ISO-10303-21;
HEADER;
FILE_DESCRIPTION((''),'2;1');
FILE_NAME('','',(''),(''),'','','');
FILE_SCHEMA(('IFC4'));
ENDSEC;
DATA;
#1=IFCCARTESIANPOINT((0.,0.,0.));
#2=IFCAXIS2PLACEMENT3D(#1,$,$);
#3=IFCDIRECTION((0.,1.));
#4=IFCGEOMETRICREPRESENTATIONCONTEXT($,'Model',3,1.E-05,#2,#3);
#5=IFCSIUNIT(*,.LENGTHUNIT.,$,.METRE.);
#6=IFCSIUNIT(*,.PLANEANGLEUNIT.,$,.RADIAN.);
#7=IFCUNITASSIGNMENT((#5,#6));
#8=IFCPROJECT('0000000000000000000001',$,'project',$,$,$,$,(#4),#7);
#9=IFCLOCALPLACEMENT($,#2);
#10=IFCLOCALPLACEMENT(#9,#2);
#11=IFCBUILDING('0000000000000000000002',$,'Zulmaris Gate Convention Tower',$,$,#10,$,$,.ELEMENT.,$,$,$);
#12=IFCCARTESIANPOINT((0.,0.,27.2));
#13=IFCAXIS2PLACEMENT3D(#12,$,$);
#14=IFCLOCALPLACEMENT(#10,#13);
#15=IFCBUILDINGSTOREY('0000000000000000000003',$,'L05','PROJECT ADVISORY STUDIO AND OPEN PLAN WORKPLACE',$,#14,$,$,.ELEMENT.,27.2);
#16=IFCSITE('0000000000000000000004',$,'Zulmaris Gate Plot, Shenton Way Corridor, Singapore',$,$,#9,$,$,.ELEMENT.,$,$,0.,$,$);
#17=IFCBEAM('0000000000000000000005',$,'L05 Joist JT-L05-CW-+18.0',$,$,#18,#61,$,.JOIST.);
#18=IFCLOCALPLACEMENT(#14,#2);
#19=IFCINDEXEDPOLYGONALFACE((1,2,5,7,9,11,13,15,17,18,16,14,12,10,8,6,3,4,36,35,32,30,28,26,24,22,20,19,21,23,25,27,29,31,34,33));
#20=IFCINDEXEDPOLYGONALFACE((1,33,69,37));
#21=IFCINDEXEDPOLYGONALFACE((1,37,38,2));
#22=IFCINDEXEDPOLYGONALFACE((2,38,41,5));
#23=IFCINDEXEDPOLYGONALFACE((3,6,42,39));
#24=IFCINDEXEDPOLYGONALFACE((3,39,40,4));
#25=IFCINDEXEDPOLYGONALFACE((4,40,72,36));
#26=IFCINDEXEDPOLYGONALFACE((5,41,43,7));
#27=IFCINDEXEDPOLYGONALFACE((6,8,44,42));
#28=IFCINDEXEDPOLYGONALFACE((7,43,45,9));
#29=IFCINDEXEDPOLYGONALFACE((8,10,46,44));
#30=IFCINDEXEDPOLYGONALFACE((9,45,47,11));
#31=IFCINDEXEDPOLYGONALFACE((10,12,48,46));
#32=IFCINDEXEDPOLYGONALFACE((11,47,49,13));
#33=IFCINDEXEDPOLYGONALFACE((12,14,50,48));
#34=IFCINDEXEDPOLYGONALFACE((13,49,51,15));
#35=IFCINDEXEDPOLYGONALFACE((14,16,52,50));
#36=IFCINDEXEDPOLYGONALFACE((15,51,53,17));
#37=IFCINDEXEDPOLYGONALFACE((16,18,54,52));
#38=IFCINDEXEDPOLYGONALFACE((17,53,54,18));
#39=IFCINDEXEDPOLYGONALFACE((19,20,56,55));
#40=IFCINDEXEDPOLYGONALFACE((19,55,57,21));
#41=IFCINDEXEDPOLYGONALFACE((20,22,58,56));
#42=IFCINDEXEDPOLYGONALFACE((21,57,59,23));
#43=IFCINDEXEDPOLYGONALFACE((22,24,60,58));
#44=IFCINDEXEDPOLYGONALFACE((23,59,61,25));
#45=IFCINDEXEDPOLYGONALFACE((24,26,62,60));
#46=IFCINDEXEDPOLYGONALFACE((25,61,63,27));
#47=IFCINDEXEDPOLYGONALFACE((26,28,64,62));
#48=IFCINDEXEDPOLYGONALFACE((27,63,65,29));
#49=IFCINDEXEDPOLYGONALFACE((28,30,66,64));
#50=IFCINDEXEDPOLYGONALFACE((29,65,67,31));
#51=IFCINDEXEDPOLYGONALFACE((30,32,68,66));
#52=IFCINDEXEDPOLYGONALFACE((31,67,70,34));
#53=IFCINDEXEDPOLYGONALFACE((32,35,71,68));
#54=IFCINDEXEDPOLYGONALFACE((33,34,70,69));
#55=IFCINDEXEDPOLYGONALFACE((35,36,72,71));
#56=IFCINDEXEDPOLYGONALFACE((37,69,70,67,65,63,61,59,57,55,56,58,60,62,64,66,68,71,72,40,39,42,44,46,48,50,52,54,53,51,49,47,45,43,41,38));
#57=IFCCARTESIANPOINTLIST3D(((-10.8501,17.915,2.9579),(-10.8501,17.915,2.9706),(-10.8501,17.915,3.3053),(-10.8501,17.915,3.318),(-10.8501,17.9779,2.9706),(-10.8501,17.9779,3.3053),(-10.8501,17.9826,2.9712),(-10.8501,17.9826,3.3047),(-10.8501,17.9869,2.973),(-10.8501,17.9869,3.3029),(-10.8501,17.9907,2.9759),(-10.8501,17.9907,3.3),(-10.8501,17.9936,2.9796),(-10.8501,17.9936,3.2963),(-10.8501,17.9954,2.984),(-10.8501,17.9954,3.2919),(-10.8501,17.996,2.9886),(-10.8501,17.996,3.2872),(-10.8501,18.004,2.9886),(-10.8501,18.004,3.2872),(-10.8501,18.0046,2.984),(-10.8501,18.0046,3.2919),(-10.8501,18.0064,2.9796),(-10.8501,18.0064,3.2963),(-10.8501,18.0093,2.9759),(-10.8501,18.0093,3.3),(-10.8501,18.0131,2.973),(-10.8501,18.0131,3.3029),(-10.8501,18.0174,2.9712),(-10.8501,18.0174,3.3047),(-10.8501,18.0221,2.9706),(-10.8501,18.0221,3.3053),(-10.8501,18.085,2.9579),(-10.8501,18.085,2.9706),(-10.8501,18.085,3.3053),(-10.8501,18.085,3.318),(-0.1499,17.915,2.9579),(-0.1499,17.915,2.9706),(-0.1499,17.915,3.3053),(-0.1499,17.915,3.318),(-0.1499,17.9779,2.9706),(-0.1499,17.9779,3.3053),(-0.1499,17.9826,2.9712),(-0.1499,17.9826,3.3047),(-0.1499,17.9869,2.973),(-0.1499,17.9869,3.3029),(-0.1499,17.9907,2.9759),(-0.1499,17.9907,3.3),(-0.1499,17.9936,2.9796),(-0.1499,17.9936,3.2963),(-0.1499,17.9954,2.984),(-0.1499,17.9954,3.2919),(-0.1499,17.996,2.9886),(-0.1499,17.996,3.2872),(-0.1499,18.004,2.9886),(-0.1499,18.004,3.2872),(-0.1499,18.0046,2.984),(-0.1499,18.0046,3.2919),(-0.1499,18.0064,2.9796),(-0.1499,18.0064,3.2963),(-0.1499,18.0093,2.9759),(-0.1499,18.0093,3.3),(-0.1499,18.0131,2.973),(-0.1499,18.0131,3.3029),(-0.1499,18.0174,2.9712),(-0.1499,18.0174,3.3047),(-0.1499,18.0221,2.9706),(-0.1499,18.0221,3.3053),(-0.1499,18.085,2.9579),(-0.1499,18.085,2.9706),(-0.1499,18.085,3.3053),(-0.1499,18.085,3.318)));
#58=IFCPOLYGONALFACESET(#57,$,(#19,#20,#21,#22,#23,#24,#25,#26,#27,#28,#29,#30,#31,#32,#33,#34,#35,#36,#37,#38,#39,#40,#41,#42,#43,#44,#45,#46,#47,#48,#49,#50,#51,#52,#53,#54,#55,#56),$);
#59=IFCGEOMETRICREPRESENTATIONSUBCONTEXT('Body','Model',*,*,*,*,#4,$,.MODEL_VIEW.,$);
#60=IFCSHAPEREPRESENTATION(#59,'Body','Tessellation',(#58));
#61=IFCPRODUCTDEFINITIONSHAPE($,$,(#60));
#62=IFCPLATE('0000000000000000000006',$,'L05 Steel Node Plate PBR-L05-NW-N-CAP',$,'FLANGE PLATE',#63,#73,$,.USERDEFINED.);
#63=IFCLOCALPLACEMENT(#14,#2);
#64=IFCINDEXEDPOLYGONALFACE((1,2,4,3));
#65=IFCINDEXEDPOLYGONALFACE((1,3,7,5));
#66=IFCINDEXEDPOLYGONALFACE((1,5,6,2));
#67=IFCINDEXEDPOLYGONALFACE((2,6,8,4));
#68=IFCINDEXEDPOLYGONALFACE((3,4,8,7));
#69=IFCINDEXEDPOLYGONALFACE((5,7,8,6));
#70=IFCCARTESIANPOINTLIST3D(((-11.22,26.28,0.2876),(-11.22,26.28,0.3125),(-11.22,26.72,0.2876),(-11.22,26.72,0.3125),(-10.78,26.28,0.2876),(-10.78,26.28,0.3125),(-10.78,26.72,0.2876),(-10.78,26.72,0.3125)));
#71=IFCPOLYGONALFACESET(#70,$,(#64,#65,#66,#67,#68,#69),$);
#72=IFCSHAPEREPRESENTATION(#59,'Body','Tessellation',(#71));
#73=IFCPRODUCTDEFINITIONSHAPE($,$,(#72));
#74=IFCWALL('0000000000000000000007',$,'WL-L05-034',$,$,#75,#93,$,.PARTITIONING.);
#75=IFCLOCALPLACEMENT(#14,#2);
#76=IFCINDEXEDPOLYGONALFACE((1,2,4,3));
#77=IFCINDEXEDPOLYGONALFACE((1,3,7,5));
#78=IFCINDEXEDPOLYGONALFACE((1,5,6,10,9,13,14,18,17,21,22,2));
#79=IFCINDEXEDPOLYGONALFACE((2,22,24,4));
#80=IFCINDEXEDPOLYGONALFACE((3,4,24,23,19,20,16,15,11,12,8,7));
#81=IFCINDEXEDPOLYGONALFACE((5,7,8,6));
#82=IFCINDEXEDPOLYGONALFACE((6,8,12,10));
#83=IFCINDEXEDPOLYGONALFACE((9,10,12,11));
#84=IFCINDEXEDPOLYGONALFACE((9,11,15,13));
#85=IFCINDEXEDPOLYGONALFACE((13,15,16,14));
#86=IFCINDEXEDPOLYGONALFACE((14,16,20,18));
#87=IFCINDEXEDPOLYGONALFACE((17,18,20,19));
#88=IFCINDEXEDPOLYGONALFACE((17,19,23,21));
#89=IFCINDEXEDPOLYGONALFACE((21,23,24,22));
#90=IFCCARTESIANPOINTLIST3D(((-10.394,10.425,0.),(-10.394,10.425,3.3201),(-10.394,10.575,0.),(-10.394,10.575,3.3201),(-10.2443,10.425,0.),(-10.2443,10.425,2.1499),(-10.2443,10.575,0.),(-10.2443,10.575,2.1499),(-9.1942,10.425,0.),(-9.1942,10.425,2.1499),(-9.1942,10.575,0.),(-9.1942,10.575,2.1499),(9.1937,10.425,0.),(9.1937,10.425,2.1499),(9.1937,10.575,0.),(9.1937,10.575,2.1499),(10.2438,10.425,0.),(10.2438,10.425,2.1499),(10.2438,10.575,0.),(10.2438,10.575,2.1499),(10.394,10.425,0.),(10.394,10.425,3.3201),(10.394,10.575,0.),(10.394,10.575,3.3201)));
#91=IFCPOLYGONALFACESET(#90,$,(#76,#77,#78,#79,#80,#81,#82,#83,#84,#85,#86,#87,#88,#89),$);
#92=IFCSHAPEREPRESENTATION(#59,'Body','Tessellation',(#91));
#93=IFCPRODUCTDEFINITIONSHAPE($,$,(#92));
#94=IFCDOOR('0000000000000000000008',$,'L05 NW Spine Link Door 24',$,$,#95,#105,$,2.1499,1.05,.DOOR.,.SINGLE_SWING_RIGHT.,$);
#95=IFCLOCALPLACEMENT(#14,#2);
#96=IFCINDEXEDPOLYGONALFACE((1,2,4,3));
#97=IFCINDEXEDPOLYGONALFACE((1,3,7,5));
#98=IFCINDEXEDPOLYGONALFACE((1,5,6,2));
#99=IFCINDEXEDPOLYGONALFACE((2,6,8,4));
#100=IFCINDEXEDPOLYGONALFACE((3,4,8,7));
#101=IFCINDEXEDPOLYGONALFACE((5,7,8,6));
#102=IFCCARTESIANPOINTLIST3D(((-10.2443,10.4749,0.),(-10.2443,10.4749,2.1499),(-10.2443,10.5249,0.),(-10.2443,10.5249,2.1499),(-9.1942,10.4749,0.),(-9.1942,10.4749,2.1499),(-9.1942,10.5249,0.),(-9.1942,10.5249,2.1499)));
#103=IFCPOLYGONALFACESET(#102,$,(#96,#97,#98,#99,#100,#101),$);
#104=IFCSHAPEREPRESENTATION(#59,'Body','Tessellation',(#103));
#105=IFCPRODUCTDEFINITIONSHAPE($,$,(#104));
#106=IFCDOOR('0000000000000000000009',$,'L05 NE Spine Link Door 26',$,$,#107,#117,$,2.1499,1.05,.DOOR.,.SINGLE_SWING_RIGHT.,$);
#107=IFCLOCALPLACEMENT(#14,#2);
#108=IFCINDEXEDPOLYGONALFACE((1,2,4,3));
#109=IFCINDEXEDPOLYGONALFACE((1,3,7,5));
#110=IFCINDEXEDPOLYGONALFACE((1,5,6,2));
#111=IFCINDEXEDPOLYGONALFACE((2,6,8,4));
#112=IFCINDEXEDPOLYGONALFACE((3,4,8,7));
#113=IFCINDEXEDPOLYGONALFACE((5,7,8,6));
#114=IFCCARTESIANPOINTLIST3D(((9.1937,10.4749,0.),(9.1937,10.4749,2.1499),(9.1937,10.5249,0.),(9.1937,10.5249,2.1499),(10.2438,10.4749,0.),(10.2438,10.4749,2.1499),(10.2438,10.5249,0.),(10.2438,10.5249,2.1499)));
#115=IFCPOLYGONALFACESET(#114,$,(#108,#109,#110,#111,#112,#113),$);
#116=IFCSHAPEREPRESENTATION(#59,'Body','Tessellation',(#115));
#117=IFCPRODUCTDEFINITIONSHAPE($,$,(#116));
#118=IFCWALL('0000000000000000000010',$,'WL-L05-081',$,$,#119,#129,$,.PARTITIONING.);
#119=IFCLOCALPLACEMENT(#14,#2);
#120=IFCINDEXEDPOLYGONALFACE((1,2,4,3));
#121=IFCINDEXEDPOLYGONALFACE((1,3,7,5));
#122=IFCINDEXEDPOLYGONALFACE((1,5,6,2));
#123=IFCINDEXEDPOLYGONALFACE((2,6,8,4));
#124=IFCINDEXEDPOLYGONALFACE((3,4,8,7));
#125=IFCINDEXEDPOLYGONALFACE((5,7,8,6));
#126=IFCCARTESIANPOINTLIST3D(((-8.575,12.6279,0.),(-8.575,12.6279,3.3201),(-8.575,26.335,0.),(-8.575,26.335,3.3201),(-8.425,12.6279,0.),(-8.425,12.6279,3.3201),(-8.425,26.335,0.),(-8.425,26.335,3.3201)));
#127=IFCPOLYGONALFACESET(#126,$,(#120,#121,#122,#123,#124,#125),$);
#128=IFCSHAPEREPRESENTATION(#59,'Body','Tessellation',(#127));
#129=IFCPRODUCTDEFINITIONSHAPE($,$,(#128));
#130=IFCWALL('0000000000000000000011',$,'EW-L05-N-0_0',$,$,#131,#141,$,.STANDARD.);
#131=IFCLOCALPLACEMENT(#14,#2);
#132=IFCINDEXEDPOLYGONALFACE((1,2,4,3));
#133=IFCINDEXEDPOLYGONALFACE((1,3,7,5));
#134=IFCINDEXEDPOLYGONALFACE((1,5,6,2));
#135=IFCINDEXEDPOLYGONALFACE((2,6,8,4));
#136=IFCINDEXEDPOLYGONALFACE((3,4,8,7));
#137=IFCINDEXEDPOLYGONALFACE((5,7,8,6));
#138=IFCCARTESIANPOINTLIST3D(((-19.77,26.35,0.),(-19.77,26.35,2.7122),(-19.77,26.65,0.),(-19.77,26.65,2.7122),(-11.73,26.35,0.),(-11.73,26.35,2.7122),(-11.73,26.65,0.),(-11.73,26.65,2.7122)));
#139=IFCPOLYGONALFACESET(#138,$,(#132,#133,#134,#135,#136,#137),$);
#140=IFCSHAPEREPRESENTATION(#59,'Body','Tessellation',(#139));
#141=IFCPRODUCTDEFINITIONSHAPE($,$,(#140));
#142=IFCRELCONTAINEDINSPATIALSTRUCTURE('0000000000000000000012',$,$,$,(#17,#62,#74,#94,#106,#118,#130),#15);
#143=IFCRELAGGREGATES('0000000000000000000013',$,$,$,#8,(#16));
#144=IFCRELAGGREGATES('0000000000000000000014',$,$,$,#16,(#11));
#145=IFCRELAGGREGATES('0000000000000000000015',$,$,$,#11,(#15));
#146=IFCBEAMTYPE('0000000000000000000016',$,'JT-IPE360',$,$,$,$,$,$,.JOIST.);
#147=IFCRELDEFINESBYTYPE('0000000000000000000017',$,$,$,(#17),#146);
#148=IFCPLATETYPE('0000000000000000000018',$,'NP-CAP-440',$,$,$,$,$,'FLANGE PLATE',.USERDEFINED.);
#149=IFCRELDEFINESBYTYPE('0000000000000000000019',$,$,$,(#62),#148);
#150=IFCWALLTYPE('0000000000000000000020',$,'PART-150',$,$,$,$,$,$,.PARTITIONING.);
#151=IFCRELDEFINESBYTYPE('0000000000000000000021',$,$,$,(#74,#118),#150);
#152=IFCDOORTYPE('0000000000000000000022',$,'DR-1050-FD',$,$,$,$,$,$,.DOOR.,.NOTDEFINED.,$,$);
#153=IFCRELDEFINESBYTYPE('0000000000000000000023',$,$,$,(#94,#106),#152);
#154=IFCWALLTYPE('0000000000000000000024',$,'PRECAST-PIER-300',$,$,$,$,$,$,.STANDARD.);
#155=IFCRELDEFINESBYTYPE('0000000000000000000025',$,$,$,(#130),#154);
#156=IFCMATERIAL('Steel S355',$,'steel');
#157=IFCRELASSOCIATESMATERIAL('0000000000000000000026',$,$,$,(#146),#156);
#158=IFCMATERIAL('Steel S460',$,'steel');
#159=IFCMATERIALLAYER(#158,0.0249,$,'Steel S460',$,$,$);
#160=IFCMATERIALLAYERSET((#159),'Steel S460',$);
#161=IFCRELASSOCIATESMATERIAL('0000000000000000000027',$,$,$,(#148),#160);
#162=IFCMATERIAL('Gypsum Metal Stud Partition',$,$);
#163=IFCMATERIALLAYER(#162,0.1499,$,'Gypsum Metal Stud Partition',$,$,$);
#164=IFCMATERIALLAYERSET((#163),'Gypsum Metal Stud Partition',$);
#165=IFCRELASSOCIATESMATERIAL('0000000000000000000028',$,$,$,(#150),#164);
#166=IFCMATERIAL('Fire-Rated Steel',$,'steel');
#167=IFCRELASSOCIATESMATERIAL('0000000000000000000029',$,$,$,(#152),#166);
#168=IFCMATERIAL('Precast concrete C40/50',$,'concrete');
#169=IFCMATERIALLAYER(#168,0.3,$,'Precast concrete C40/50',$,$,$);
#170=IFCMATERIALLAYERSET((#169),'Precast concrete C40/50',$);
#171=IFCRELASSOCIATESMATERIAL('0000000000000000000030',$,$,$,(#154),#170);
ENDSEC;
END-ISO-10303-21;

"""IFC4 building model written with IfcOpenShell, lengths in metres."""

from ifc_helpers import new_model, si_unit, direction, frame, frame_2d, origin, origin_2d, place, context, subcontext, project, spatial, rectangle, i_section, extrude, material, layer, layer_set, material_profile, profile_set, type_object, element, fill, save


model = new_model("IFC4")

# Units and contexts
model_context = context("Model", 3, precision=1e-05, world=origin(), true_north=direction((0.0, 1.0)))
body_context = subcontext(model_context, "Body", "Model", "MODEL_VIEW")
ifc_project = project(units=[si_unit("LENGTHUNIT", "METRE"), si_unit("PLANEANGLEUNIT", "RADIAN")], contexts=[model_context])

# Site, building, storey
site_placement = place(None, origin())
site = spatial("IfcSite", under=ifc_project, at=site_placement, Name="Zulmaris Gate Plot, Shenton Way Corridor, Singapore", CompositionType="ELEMENT", RefElevation=0.0)
building_placement = place(site_placement, origin())
building = spatial("IfcBuilding", under=site, at=building_placement, Name="Zulmaris Gate Convention Tower", CompositionType="ELEMENT")
storey_placement = place(building_placement, frame((0.0, 0.0, 27.2)))
storey = spatial("IfcBuildingStorey", under=building, at=storey_placement, Name="L05", Description="PROJECT ADVISORY STUDIO AND OPEN PLAN WORKPLACE", CompositionType="ELEMENT", Elevation=27.2)

# Shared definitions
ifc_material_1 = material(Name="Steel S355", Category="steel")

# Shared definitions
ifc_material_2 = material(Name="Steel S460", Category="steel")

# Beam
ifc_material_profile_1 = material_profile(ifc_material_1, i_section(OverallWidth=0.1699, OverallDepth=0.3601, WebThickness=0.0081, FlangeThickness=0.0127, FilletRadius=0.0181, at=origin_2d()), Name="IPE 360")
ifc_profile_set_1 = profile_set([ifc_material_profile_1], Name="Steel S355")
beam_type_1 = type_object("IfcBeamType", Name="JT-IPE360", PredefinedType="JOIST", material=ifc_profile_set_1)
for number, where, z_axis, x_axis, name in (
    (1, (-10.8501, 18.0, 3.1379), (1.0, 0.0, 0.0), (0.0, 1.0, 0.0), "L05 Joist JT-L05-CW-+18.0"),
):
    element("IfcBeam", number, at=place(storey_placement, frame(where, z_axis=z_axis, x_axis=x_axis)), inside=storey, type_object=beam_type_1, Name=name, PredefinedType="JOIST", context=body_context, shape_type="SweptSolid", body=[
        extrude(i_section(OverallWidth=0.1699, OverallDepth=0.3601, WebThickness=0.0081, FlangeThickness=0.0127, FilletRadius=0.0181, at=origin_2d()), origin(), (0.0, 0.0, 1.0), 10.7002),
    ])

# Plate
ifc_layer_1 = layer(ifc_material_2, 0.0249, Name="Steel S460")
ifc_layer_set_1 = layer_set([ifc_layer_1], Name="Steel S460")
plate_type = type_object("IfcPlateType", Name="NP-CAP-440", ElementType="FLANGE PLATE", PredefinedType="USERDEFINED", material=ifc_layer_set_1)
plate_placement = place(storey_placement, frame((-11.0, 26.5, 0.2876), z_axis=(0.0, 0.0, 1.0), x_axis=(1.0, 0.0, 0.0)))
element("IfcPlate", 2, at=plate_placement, inside=storey, type_object=plate_type, Name="L05 Steel Node Plate PBR-L05-NW-N-CAP", ObjectType="FLANGE PLATE", PredefinedType="USERDEFINED", context=body_context, shape_type="SweptSolid", body=[
    extrude(rectangle(XDim=0.4399, YDim=0.4399, at=origin_2d()), origin(), (0.0, 0.0, 1.0), 0.0249),
])

# Wall, openings, doors
ifc_material_3 = material(Name="Gypsum Metal Stud Partition")
ifc_layer_2 = layer(ifc_material_3, 0.1499, Name="Gypsum Metal Stud Partition")
ifc_layer_set_2 = layer_set([ifc_layer_2], Name="Gypsum Metal Stud Partition")
wall_type_1 = type_object("IfcWallType", Name="PART-150", PredefinedType="PARTITIONING", material=ifc_layer_set_2)
wall_1_placement = place(storey_placement, frame((-10.394, 10.5, 0.0), z_axis=(0.0, 0.0, 1.0), x_axis=(1.0, 0.0, 0.0)))
wall_1 = element("IfcWall", 3, at=wall_1_placement, inside=storey, type_object=wall_type_1, Name="WL-L05-034", PredefinedType="PARTITIONING", context=body_context, shape_type="SweptSolid", body=[
    extrude(rectangle(XDim=20.7881, YDim=0.1499, at=frame_2d((10.394, 0.0))), origin(), (0.0, 0.0, 1.0), 3.3201),
])
opening_1_placement = place(wall_1_placement, frame((0.1499, 0.0, 0.0)))
opening_1 = element("IfcOpeningElement", 4, at=opening_1_placement, cuts=wall_1, PredefinedType="OPENING", context=body_context, shape_type="SweptSolid", body=[
    extrude(rectangle(XDim=1.05, YDim=2.1499, at=frame_2d((0.5249, 1.075))), frame((0.0, 0.085, 0.0), z_axis=(0.0, -1.0, 0.0), x_axis=(1.0, 0.0, 0.0)), (0.0, 0.0, 1.0), 0.1699),
])
opening_2_placement = place(wall_1_placement, frame((19.5879, 0.0, 0.0)))
opening_2 = element("IfcOpeningElement", 5, at=opening_2_placement, cuts=wall_1, PredefinedType="OPENING", context=body_context, shape_type="SweptSolid", body=[
    extrude(rectangle(XDim=1.05, YDim=2.1499, at=frame_2d((0.5249, 1.075))), frame((0.0, 0.085, 0.0), z_axis=(0.0, -1.0, 0.0), x_axis=(1.0, 0.0, 0.0)), (0.0, 0.0, 1.0), 0.1699),
])
ifc_material_4 = material(Name="Fire-Rated Steel", Category="steel")
door_type_1 = type_object("IfcDoorType", Name="DR-1050-FD", OperationType="NOTDEFINED", PredefinedType="DOOR", material=ifc_material_4)
door_1_placement = place(opening_1_placement, origin())
door_1 = element("IfcDoor", 6, at=door_1_placement, inside=storey, type_object=door_type_1, Name="L05 NW Spine Link Door 24", OperationType="SINGLE_SWING_RIGHT", OverallHeight=2.1499, OverallWidth=1.05, PredefinedType="DOOR", context=body_context, shape_type="SweptSolid", body=[
    extrude(rectangle(XDim=1.05, YDim=2.1499, at=frame_2d((0.5249, 1.075))), frame((0.0, 0.0249, 0.0), z_axis=(0.0, -1.0, 0.0), x_axis=(1.0, 0.0, 0.0)), (0.0, 0.0, 1.0), 0.05),
])
fill(opening_1, door_1)
door_2_placement = place(opening_2_placement, origin())
door_2 = element("IfcDoor", 7, at=door_2_placement, inside=storey, type_object=door_type_1, Name="L05 NE Spine Link Door 26", OperationType="SINGLE_SWING_RIGHT", OverallHeight=2.1499, OverallWidth=1.05, PredefinedType="DOOR", context=body_context, shape_type="SweptSolid", body=[
    extrude(rectangle(XDim=1.05, YDim=2.1499, at=frame_2d((0.5249, 1.075))), frame((0.0, 0.0249, 0.0), z_axis=(0.0, -1.0, 0.0), x_axis=(1.0, 0.0, 0.0)), (0.0, 0.0, 1.0), 0.05),
])
fill(opening_2, door_2)

# Walls
wall_2_placement = place(storey_placement, frame((-8.5, 12.6279, 0.0), z_axis=(0.0, 0.0, 1.0), x_axis=(0.0, 1.0, 0.0)))
element("IfcWall", 8, at=wall_2_placement, inside=storey, type_object=wall_type_1, Name="WL-L05-081", PredefinedType="PARTITIONING", context=body_context, shape_type="SweptSolid", body=[
    extrude(rectangle(XDim=13.707, YDim=0.1499, at=frame_2d((6.8535, 0.0))), origin(), (0.0, 0.0, 1.0), 3.3201),
])
ifc_material_5 = material(Name="Precast concrete C40/50", Category="concrete")
ifc_layer_3 = layer(ifc_material_5, 0.3, Name="Precast concrete C40/50")
ifc_layer_set_3 = layer_set([ifc_layer_3], Name="Precast concrete C40/50")
wall_type_2 = type_object("IfcWallType", Name="PRECAST-PIER-300", PredefinedType="STANDARD", material=ifc_layer_set_3)
wall_3_placement = place(storey_placement, frame((-11.73, 26.5, 0.0), z_axis=(0.0, 0.0, 1.0), x_axis=(-1.0, 0.0, 0.0)))
element("IfcWall", 9, at=wall_3_placement, inside=storey, type_object=wall_type_2, Name="EW-L05-N-0_0", PredefinedType="STANDARD", context=body_context, shape_type="SweptSolid", body=[
    extrude(rectangle(XDim=8.04, YDim=0.3, at=frame_2d((4.02, 0.0))), origin(), (0.0, 0.0, 1.0), 2.7122),
])

save(model, "model.ifc")
